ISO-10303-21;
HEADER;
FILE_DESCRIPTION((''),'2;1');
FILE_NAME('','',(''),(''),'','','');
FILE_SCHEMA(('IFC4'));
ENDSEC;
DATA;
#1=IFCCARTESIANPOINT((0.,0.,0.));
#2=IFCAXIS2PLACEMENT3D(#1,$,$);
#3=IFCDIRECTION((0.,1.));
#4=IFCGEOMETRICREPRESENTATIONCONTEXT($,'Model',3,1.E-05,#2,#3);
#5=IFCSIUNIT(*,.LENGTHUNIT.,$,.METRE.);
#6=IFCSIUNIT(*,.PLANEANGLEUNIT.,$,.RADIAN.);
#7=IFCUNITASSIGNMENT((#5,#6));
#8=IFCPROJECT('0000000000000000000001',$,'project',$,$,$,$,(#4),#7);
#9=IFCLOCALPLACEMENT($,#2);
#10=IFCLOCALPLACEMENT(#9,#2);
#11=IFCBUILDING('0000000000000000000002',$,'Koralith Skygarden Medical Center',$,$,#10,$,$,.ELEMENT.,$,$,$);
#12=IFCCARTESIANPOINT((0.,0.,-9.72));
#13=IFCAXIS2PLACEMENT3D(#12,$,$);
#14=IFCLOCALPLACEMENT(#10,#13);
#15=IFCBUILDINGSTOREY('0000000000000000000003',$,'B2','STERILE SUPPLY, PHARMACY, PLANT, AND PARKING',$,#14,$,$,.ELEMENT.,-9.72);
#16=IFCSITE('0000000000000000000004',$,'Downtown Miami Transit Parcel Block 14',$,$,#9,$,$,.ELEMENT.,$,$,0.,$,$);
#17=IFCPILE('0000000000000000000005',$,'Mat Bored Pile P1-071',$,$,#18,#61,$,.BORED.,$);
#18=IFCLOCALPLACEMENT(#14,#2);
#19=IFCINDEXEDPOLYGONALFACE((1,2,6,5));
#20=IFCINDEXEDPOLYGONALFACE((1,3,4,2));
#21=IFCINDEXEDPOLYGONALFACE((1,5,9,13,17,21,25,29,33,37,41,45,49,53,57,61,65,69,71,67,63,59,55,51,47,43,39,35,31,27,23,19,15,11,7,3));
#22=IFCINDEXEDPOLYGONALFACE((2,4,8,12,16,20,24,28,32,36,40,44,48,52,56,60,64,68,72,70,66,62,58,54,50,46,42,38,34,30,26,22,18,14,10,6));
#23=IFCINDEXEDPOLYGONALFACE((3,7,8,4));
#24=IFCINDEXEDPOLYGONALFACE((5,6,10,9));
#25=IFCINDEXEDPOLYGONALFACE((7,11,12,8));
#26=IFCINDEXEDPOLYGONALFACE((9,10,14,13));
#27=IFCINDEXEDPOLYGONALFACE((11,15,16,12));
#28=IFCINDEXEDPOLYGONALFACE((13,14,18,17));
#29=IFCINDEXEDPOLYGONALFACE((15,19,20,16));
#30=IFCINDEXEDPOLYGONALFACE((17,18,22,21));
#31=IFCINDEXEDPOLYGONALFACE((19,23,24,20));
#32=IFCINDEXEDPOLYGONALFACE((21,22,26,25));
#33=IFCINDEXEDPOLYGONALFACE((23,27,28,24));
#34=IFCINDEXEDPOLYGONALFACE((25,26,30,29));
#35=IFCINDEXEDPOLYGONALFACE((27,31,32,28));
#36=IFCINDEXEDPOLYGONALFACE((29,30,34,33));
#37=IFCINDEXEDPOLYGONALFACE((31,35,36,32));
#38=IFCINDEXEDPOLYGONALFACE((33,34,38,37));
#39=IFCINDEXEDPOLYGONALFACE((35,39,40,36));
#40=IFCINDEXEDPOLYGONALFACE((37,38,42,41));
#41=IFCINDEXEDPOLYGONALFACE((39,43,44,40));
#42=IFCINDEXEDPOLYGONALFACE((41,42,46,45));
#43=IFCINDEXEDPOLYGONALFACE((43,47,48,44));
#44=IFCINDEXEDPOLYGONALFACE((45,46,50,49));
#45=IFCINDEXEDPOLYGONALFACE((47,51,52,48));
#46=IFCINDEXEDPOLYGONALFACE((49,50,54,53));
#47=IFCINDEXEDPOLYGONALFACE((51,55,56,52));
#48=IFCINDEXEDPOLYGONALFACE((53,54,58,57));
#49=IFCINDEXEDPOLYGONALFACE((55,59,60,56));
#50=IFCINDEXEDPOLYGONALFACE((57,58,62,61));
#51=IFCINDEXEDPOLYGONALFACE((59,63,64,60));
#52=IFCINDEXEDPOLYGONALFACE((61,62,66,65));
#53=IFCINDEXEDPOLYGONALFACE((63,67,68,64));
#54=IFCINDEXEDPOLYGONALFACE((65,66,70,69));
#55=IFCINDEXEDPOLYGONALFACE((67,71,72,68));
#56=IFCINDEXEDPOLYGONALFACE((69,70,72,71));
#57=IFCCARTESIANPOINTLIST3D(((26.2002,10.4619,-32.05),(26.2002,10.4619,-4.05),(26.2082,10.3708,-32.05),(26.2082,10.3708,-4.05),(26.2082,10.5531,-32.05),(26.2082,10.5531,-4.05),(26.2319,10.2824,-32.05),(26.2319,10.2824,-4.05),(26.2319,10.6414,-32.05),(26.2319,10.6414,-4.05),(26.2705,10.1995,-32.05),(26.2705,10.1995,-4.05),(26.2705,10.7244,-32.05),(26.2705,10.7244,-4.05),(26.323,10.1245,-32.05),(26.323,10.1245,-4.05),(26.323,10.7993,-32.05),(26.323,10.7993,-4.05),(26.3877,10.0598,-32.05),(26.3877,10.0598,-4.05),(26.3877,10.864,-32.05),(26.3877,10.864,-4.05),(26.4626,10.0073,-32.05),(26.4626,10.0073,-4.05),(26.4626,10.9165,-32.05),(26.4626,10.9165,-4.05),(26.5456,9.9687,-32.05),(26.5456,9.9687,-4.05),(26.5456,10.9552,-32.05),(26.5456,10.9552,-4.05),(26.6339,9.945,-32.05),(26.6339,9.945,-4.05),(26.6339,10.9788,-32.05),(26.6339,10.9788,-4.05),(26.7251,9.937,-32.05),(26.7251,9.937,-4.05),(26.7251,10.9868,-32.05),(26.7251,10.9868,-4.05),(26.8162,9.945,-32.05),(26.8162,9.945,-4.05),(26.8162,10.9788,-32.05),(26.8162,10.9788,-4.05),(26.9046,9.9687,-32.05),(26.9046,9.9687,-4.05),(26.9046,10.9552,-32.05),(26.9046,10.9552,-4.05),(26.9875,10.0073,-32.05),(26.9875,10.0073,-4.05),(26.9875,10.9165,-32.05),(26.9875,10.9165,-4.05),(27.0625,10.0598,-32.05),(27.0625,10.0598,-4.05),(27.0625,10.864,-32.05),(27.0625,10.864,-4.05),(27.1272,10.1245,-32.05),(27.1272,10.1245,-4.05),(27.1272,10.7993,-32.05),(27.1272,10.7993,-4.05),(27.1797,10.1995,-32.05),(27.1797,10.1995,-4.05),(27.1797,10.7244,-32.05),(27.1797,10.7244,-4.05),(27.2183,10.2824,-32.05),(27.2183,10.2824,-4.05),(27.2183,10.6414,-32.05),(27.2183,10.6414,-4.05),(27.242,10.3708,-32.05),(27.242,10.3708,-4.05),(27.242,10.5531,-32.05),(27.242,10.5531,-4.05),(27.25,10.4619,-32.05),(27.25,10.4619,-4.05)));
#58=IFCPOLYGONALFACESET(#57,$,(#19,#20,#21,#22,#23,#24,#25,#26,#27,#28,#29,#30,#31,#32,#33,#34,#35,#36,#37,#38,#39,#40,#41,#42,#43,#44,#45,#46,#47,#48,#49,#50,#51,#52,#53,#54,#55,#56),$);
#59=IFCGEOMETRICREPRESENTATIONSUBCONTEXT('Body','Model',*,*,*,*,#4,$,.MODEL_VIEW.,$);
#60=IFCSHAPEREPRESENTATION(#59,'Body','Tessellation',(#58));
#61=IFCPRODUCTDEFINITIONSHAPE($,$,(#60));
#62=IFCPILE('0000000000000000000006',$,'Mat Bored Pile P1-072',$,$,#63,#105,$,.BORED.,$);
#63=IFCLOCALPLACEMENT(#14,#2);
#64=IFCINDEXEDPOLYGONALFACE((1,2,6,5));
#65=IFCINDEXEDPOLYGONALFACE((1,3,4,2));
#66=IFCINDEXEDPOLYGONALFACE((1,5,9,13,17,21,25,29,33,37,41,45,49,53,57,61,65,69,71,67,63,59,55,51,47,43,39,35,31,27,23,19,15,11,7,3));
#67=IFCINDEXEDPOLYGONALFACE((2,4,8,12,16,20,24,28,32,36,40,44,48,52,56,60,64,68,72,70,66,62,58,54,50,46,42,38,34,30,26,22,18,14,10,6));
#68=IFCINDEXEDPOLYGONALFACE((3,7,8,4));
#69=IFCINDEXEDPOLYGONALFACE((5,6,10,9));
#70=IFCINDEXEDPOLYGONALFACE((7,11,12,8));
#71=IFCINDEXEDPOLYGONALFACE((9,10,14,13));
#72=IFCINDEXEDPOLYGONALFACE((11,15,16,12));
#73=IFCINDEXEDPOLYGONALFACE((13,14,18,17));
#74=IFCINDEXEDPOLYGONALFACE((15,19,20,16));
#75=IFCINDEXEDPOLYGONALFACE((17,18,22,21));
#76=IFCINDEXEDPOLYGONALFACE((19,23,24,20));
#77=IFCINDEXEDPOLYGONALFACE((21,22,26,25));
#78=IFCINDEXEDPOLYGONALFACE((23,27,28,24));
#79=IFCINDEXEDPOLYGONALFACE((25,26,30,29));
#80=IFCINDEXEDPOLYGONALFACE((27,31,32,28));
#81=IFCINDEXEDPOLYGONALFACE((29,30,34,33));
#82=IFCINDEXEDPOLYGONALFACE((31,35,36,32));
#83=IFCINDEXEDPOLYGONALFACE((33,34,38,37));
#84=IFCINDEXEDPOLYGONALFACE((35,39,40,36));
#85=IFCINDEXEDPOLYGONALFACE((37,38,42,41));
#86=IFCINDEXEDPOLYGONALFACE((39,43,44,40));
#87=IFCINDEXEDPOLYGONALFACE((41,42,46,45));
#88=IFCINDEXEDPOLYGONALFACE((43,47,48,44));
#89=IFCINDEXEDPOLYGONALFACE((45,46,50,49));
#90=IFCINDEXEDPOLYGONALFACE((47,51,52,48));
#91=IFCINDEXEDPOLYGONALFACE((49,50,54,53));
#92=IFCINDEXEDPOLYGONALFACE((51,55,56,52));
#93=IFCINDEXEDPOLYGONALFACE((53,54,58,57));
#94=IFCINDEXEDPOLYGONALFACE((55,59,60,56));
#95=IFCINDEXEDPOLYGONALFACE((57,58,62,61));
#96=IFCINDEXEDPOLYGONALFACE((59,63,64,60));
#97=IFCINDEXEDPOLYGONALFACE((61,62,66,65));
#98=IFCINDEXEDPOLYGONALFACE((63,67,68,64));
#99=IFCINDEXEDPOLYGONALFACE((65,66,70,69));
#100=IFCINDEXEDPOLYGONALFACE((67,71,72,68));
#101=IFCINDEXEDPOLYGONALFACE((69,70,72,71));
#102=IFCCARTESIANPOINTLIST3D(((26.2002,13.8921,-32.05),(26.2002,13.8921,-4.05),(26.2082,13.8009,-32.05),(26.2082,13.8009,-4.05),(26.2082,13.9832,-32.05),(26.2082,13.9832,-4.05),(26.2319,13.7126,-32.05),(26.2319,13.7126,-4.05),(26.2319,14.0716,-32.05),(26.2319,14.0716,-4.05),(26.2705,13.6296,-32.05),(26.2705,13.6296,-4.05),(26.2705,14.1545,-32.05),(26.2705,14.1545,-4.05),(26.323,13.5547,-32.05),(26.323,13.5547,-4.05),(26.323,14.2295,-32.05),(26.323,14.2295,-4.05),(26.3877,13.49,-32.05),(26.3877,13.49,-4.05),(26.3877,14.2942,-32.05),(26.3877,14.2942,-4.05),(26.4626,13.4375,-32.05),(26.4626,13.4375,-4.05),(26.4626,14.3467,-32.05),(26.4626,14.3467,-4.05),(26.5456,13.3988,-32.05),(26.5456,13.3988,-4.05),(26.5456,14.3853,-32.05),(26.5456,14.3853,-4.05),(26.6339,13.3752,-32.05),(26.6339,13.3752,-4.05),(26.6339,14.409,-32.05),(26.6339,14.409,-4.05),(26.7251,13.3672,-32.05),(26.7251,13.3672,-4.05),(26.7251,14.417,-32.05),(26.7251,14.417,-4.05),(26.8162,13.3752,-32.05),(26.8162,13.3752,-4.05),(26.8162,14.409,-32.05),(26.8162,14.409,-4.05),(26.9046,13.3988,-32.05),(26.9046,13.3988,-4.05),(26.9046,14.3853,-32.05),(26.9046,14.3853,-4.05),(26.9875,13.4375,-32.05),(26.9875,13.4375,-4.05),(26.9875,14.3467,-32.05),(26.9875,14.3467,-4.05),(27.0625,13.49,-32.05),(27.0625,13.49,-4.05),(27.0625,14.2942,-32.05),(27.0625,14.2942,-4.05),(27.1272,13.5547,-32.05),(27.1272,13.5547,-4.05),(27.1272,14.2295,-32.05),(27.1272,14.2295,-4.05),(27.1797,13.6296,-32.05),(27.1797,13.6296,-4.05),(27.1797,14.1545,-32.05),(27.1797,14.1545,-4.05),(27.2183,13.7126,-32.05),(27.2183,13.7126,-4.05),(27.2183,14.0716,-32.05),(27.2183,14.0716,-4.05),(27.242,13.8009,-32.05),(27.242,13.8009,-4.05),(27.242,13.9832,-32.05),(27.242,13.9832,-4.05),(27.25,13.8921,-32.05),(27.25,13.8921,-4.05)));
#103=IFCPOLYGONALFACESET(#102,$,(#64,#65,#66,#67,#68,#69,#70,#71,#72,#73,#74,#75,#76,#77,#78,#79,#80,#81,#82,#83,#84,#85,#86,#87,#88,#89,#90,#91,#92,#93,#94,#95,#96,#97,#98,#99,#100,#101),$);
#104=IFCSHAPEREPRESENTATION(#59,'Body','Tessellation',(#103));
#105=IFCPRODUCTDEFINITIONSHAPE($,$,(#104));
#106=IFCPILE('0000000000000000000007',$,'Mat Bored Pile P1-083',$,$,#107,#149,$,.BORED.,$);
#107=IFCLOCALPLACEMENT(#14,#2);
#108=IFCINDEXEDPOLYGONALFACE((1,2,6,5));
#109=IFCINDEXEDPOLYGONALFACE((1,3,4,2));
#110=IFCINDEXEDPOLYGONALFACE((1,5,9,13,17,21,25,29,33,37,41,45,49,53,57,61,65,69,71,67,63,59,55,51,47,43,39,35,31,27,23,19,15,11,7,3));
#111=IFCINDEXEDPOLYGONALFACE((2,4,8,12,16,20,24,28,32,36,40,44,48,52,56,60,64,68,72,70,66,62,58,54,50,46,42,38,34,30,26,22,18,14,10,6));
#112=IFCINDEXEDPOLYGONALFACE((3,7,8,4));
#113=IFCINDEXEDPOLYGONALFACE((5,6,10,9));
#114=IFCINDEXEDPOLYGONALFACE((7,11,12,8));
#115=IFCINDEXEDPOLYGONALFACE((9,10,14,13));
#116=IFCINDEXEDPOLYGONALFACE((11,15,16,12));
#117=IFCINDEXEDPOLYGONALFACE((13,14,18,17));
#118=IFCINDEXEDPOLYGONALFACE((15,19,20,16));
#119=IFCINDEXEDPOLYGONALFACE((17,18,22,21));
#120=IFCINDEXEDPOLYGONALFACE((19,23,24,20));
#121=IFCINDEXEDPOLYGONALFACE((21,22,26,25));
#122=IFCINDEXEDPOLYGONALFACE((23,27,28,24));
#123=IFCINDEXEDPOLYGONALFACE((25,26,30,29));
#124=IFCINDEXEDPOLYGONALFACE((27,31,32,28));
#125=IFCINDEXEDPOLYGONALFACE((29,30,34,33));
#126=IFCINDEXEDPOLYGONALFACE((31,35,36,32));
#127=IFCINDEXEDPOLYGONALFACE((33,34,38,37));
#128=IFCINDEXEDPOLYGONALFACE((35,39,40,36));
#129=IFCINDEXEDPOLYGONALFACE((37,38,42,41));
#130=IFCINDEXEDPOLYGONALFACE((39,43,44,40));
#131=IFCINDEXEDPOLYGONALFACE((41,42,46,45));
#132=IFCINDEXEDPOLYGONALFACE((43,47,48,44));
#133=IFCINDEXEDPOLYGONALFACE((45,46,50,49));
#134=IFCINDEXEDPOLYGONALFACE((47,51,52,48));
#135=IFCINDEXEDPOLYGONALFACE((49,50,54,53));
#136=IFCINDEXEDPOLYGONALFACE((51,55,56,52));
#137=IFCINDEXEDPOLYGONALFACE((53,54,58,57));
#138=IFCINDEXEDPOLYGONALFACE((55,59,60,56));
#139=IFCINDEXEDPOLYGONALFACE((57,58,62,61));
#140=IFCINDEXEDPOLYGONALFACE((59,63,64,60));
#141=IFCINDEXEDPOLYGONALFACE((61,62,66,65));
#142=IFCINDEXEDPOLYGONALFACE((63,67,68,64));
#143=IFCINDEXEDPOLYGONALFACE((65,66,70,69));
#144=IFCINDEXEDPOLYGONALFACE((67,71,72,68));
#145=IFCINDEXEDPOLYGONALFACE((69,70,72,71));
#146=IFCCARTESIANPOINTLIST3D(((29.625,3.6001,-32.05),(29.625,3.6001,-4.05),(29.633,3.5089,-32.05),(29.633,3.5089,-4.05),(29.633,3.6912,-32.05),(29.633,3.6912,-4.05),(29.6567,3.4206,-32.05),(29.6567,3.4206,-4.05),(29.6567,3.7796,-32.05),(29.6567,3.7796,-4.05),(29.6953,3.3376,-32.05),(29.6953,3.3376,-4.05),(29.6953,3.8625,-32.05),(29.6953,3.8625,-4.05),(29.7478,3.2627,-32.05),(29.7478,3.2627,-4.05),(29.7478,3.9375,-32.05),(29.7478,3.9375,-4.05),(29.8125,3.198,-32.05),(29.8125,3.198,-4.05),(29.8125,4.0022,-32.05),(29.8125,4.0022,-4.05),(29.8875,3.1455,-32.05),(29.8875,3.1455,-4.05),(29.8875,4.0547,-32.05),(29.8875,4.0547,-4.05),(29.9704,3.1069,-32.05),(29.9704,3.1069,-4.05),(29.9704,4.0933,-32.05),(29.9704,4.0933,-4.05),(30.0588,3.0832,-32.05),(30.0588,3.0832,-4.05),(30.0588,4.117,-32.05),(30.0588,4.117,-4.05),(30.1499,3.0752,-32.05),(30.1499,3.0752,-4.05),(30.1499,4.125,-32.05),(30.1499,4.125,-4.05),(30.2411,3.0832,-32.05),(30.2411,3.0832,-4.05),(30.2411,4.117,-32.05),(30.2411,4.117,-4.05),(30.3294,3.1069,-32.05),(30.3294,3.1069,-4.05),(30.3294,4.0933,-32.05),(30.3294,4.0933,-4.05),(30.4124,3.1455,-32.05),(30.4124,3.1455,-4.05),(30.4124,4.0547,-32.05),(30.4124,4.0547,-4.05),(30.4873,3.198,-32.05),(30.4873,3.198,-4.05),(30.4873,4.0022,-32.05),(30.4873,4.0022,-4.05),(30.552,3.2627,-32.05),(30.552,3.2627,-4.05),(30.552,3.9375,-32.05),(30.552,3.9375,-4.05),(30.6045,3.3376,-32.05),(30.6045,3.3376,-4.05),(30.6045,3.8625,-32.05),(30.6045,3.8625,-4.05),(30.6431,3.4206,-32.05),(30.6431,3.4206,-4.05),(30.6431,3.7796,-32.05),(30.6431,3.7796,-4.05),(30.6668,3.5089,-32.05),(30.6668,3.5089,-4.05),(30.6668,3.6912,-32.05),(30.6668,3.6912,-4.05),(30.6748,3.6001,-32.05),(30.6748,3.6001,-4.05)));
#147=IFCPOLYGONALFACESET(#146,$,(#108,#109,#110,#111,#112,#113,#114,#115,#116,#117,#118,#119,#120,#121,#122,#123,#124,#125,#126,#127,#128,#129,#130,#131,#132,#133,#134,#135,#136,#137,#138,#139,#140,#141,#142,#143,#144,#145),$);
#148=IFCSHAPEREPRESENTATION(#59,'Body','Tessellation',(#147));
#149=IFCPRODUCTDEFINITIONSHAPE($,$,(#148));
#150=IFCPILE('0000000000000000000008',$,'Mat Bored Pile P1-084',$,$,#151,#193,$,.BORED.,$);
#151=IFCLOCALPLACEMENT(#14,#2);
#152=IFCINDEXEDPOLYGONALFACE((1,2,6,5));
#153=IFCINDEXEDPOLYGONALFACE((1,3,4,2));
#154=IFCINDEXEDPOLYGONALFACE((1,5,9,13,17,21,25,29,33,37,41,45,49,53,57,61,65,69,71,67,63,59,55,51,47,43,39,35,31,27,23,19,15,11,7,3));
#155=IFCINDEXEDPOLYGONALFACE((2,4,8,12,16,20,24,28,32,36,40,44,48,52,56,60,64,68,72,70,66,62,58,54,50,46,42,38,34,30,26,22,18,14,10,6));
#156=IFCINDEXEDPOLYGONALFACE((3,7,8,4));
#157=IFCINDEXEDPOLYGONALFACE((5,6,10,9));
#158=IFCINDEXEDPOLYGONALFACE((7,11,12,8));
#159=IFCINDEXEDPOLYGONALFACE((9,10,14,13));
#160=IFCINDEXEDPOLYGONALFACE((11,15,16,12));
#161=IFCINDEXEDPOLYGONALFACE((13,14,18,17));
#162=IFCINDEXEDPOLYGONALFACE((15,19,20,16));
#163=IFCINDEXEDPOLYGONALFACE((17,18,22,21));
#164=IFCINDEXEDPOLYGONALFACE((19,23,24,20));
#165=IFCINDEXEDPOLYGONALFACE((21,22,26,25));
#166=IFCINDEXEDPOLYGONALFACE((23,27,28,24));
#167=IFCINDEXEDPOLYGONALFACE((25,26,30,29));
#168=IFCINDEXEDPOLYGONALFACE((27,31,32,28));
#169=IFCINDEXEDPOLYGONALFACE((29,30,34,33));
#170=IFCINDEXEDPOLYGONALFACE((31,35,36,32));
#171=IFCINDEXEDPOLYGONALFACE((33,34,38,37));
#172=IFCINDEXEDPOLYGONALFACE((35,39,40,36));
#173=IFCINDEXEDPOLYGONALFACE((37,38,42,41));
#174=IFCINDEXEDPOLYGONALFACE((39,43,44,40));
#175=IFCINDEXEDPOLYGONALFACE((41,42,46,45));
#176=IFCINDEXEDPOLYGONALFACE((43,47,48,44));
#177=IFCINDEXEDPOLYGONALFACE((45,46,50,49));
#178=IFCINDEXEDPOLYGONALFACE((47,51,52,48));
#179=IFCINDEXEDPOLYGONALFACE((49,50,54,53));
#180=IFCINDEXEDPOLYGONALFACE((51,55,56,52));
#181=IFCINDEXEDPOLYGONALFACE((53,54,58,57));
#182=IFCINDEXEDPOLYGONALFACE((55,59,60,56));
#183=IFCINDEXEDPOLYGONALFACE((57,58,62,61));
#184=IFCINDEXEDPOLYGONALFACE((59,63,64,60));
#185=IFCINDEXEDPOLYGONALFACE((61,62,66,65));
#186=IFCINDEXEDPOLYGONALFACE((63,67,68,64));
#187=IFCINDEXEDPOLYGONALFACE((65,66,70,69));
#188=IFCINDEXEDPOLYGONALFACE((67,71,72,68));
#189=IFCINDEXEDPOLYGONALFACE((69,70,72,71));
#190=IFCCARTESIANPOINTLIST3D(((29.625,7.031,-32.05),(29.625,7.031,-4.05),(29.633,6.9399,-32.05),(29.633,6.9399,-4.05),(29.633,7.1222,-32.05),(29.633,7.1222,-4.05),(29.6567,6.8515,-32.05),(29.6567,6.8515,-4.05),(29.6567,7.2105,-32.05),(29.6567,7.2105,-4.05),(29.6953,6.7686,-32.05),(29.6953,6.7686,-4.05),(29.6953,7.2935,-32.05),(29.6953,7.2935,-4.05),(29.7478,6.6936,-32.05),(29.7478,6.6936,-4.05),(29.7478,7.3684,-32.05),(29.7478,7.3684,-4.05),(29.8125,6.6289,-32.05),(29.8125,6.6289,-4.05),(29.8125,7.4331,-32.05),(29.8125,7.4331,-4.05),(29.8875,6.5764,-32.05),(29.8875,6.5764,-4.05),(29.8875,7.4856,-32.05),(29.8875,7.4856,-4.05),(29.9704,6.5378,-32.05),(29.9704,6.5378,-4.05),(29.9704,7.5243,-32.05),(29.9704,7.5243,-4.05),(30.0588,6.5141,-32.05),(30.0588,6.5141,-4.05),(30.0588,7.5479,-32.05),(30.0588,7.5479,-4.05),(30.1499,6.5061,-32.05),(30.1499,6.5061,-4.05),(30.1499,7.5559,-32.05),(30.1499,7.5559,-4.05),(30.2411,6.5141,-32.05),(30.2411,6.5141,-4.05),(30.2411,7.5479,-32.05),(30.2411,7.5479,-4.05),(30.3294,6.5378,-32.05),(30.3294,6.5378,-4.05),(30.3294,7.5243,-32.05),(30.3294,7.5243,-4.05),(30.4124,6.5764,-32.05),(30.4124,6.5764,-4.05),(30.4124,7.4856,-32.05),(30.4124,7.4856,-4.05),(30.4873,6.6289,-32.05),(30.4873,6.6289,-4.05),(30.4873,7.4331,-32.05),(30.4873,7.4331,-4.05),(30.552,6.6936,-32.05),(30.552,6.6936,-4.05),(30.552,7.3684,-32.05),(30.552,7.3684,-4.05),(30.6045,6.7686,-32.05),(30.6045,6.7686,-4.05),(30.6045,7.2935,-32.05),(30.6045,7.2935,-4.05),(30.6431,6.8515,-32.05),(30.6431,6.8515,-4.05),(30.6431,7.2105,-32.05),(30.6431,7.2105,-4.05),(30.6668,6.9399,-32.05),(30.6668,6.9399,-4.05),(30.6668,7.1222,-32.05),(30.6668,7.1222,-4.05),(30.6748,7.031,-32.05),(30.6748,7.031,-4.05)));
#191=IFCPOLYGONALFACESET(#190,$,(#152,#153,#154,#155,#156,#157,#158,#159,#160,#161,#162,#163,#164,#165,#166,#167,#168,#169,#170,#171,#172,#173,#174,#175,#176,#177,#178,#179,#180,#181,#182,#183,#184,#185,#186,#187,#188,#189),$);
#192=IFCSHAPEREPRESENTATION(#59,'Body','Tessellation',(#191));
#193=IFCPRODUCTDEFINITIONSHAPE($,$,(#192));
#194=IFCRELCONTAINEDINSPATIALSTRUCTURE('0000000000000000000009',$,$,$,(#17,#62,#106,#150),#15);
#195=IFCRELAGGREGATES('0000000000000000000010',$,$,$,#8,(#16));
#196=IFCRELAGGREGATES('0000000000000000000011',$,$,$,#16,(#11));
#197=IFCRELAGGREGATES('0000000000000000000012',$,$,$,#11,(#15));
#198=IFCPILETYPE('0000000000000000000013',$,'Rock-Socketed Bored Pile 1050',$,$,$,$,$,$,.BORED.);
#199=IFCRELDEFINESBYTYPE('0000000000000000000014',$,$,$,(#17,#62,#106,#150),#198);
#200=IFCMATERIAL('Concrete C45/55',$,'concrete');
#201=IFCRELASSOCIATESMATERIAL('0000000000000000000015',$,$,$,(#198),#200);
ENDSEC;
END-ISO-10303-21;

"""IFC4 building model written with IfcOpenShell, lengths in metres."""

from ifc_helpers import new_model, si_unit, direction, frame, origin, origin_2d, place, context, subcontext, project, spatial, circle, extrude, material, material_profile, profile_set, type_object, element, save


model = new_model("IFC4")

# Units and contexts
model_context = context("Model", 3, precision=1e-05, world=origin(), true_north=direction((0.0, 1.0)))
body_context = subcontext(model_context, "Body", "Model", "MODEL_VIEW")
ifc_project = project(units=[si_unit("LENGTHUNIT", "METRE"), si_unit("PLANEANGLEUNIT", "RADIAN")], contexts=[model_context])

# Site, building, storey
site_placement = place(None, origin())
site = spatial("IfcSite", under=ifc_project, at=site_placement, Name="Downtown Miami Transit Parcel Block 14", CompositionType="ELEMENT", RefElevation=0.0)
building_placement = place(site_placement, origin())
building = spatial("IfcBuilding", under=site, at=building_placement, Name="Koralith Skygarden Medical Center", CompositionType="ELEMENT")
storey_placement = place(building_placement, frame((0.0, 0.0, -9.72)))
storey = spatial("IfcBuildingStorey", under=building, at=storey_placement, Name="B2", Description="STERILE SUPPLY, PHARMACY, PLANT, AND PARKING", CompositionType="ELEMENT", Elevation=-9.72)

# Piles
ifc_material_1 = material(Name="Concrete C45/55", Category="concrete")
ifc_material_profile_1 = material_profile(ifc_material_1, circle(Radius=0.5249, at=origin_2d()), Name="PILE1050")
ifc_profile_set_1 = profile_set([ifc_material_profile_1], Name="Concrete C45/55")
pile_type = type_object("IfcPileType", Name="Rock-Socketed Bored Pile 1050", PredefinedType="BORED", material=ifc_profile_set_1)
for number, where, z_axis, x_axis, name in (
    (1, (26.7251, 10.4619, -4.05), (0.0, 0.0, -1.0), (1.0, 0.0, 0.0), "Mat Bored Pile P1-071"),
    (2, (26.7251, 13.8921, -4.05), (0.0, 0.0, -1.0), (1.0, 0.0, 0.0), "Mat Bored Pile P1-072"),
    (3, (30.1499, 3.6001, -4.05), (0.0, 0.0, -1.0), (1.0, 0.0, 0.0), "Mat Bored Pile P1-083"),
    (4, (30.1499, 7.031, -4.05), (0.0, 0.0, -1.0), (1.0, 0.0, 0.0), "Mat Bored Pile P1-084"),
):
    element("IfcPile", number, at=place(storey_placement, frame(where, z_axis=z_axis, x_axis=x_axis)), inside=storey, type_object=pile_type, Name=name, PredefinedType="BORED", context=body_context, shape_type="SweptSolid", body=[
        extrude(circle(Radius=0.5249, at=origin_2d()), origin(), (0.0, 0.0, 1.0), 28.0),
    ])

save(model, "model.ifc")
